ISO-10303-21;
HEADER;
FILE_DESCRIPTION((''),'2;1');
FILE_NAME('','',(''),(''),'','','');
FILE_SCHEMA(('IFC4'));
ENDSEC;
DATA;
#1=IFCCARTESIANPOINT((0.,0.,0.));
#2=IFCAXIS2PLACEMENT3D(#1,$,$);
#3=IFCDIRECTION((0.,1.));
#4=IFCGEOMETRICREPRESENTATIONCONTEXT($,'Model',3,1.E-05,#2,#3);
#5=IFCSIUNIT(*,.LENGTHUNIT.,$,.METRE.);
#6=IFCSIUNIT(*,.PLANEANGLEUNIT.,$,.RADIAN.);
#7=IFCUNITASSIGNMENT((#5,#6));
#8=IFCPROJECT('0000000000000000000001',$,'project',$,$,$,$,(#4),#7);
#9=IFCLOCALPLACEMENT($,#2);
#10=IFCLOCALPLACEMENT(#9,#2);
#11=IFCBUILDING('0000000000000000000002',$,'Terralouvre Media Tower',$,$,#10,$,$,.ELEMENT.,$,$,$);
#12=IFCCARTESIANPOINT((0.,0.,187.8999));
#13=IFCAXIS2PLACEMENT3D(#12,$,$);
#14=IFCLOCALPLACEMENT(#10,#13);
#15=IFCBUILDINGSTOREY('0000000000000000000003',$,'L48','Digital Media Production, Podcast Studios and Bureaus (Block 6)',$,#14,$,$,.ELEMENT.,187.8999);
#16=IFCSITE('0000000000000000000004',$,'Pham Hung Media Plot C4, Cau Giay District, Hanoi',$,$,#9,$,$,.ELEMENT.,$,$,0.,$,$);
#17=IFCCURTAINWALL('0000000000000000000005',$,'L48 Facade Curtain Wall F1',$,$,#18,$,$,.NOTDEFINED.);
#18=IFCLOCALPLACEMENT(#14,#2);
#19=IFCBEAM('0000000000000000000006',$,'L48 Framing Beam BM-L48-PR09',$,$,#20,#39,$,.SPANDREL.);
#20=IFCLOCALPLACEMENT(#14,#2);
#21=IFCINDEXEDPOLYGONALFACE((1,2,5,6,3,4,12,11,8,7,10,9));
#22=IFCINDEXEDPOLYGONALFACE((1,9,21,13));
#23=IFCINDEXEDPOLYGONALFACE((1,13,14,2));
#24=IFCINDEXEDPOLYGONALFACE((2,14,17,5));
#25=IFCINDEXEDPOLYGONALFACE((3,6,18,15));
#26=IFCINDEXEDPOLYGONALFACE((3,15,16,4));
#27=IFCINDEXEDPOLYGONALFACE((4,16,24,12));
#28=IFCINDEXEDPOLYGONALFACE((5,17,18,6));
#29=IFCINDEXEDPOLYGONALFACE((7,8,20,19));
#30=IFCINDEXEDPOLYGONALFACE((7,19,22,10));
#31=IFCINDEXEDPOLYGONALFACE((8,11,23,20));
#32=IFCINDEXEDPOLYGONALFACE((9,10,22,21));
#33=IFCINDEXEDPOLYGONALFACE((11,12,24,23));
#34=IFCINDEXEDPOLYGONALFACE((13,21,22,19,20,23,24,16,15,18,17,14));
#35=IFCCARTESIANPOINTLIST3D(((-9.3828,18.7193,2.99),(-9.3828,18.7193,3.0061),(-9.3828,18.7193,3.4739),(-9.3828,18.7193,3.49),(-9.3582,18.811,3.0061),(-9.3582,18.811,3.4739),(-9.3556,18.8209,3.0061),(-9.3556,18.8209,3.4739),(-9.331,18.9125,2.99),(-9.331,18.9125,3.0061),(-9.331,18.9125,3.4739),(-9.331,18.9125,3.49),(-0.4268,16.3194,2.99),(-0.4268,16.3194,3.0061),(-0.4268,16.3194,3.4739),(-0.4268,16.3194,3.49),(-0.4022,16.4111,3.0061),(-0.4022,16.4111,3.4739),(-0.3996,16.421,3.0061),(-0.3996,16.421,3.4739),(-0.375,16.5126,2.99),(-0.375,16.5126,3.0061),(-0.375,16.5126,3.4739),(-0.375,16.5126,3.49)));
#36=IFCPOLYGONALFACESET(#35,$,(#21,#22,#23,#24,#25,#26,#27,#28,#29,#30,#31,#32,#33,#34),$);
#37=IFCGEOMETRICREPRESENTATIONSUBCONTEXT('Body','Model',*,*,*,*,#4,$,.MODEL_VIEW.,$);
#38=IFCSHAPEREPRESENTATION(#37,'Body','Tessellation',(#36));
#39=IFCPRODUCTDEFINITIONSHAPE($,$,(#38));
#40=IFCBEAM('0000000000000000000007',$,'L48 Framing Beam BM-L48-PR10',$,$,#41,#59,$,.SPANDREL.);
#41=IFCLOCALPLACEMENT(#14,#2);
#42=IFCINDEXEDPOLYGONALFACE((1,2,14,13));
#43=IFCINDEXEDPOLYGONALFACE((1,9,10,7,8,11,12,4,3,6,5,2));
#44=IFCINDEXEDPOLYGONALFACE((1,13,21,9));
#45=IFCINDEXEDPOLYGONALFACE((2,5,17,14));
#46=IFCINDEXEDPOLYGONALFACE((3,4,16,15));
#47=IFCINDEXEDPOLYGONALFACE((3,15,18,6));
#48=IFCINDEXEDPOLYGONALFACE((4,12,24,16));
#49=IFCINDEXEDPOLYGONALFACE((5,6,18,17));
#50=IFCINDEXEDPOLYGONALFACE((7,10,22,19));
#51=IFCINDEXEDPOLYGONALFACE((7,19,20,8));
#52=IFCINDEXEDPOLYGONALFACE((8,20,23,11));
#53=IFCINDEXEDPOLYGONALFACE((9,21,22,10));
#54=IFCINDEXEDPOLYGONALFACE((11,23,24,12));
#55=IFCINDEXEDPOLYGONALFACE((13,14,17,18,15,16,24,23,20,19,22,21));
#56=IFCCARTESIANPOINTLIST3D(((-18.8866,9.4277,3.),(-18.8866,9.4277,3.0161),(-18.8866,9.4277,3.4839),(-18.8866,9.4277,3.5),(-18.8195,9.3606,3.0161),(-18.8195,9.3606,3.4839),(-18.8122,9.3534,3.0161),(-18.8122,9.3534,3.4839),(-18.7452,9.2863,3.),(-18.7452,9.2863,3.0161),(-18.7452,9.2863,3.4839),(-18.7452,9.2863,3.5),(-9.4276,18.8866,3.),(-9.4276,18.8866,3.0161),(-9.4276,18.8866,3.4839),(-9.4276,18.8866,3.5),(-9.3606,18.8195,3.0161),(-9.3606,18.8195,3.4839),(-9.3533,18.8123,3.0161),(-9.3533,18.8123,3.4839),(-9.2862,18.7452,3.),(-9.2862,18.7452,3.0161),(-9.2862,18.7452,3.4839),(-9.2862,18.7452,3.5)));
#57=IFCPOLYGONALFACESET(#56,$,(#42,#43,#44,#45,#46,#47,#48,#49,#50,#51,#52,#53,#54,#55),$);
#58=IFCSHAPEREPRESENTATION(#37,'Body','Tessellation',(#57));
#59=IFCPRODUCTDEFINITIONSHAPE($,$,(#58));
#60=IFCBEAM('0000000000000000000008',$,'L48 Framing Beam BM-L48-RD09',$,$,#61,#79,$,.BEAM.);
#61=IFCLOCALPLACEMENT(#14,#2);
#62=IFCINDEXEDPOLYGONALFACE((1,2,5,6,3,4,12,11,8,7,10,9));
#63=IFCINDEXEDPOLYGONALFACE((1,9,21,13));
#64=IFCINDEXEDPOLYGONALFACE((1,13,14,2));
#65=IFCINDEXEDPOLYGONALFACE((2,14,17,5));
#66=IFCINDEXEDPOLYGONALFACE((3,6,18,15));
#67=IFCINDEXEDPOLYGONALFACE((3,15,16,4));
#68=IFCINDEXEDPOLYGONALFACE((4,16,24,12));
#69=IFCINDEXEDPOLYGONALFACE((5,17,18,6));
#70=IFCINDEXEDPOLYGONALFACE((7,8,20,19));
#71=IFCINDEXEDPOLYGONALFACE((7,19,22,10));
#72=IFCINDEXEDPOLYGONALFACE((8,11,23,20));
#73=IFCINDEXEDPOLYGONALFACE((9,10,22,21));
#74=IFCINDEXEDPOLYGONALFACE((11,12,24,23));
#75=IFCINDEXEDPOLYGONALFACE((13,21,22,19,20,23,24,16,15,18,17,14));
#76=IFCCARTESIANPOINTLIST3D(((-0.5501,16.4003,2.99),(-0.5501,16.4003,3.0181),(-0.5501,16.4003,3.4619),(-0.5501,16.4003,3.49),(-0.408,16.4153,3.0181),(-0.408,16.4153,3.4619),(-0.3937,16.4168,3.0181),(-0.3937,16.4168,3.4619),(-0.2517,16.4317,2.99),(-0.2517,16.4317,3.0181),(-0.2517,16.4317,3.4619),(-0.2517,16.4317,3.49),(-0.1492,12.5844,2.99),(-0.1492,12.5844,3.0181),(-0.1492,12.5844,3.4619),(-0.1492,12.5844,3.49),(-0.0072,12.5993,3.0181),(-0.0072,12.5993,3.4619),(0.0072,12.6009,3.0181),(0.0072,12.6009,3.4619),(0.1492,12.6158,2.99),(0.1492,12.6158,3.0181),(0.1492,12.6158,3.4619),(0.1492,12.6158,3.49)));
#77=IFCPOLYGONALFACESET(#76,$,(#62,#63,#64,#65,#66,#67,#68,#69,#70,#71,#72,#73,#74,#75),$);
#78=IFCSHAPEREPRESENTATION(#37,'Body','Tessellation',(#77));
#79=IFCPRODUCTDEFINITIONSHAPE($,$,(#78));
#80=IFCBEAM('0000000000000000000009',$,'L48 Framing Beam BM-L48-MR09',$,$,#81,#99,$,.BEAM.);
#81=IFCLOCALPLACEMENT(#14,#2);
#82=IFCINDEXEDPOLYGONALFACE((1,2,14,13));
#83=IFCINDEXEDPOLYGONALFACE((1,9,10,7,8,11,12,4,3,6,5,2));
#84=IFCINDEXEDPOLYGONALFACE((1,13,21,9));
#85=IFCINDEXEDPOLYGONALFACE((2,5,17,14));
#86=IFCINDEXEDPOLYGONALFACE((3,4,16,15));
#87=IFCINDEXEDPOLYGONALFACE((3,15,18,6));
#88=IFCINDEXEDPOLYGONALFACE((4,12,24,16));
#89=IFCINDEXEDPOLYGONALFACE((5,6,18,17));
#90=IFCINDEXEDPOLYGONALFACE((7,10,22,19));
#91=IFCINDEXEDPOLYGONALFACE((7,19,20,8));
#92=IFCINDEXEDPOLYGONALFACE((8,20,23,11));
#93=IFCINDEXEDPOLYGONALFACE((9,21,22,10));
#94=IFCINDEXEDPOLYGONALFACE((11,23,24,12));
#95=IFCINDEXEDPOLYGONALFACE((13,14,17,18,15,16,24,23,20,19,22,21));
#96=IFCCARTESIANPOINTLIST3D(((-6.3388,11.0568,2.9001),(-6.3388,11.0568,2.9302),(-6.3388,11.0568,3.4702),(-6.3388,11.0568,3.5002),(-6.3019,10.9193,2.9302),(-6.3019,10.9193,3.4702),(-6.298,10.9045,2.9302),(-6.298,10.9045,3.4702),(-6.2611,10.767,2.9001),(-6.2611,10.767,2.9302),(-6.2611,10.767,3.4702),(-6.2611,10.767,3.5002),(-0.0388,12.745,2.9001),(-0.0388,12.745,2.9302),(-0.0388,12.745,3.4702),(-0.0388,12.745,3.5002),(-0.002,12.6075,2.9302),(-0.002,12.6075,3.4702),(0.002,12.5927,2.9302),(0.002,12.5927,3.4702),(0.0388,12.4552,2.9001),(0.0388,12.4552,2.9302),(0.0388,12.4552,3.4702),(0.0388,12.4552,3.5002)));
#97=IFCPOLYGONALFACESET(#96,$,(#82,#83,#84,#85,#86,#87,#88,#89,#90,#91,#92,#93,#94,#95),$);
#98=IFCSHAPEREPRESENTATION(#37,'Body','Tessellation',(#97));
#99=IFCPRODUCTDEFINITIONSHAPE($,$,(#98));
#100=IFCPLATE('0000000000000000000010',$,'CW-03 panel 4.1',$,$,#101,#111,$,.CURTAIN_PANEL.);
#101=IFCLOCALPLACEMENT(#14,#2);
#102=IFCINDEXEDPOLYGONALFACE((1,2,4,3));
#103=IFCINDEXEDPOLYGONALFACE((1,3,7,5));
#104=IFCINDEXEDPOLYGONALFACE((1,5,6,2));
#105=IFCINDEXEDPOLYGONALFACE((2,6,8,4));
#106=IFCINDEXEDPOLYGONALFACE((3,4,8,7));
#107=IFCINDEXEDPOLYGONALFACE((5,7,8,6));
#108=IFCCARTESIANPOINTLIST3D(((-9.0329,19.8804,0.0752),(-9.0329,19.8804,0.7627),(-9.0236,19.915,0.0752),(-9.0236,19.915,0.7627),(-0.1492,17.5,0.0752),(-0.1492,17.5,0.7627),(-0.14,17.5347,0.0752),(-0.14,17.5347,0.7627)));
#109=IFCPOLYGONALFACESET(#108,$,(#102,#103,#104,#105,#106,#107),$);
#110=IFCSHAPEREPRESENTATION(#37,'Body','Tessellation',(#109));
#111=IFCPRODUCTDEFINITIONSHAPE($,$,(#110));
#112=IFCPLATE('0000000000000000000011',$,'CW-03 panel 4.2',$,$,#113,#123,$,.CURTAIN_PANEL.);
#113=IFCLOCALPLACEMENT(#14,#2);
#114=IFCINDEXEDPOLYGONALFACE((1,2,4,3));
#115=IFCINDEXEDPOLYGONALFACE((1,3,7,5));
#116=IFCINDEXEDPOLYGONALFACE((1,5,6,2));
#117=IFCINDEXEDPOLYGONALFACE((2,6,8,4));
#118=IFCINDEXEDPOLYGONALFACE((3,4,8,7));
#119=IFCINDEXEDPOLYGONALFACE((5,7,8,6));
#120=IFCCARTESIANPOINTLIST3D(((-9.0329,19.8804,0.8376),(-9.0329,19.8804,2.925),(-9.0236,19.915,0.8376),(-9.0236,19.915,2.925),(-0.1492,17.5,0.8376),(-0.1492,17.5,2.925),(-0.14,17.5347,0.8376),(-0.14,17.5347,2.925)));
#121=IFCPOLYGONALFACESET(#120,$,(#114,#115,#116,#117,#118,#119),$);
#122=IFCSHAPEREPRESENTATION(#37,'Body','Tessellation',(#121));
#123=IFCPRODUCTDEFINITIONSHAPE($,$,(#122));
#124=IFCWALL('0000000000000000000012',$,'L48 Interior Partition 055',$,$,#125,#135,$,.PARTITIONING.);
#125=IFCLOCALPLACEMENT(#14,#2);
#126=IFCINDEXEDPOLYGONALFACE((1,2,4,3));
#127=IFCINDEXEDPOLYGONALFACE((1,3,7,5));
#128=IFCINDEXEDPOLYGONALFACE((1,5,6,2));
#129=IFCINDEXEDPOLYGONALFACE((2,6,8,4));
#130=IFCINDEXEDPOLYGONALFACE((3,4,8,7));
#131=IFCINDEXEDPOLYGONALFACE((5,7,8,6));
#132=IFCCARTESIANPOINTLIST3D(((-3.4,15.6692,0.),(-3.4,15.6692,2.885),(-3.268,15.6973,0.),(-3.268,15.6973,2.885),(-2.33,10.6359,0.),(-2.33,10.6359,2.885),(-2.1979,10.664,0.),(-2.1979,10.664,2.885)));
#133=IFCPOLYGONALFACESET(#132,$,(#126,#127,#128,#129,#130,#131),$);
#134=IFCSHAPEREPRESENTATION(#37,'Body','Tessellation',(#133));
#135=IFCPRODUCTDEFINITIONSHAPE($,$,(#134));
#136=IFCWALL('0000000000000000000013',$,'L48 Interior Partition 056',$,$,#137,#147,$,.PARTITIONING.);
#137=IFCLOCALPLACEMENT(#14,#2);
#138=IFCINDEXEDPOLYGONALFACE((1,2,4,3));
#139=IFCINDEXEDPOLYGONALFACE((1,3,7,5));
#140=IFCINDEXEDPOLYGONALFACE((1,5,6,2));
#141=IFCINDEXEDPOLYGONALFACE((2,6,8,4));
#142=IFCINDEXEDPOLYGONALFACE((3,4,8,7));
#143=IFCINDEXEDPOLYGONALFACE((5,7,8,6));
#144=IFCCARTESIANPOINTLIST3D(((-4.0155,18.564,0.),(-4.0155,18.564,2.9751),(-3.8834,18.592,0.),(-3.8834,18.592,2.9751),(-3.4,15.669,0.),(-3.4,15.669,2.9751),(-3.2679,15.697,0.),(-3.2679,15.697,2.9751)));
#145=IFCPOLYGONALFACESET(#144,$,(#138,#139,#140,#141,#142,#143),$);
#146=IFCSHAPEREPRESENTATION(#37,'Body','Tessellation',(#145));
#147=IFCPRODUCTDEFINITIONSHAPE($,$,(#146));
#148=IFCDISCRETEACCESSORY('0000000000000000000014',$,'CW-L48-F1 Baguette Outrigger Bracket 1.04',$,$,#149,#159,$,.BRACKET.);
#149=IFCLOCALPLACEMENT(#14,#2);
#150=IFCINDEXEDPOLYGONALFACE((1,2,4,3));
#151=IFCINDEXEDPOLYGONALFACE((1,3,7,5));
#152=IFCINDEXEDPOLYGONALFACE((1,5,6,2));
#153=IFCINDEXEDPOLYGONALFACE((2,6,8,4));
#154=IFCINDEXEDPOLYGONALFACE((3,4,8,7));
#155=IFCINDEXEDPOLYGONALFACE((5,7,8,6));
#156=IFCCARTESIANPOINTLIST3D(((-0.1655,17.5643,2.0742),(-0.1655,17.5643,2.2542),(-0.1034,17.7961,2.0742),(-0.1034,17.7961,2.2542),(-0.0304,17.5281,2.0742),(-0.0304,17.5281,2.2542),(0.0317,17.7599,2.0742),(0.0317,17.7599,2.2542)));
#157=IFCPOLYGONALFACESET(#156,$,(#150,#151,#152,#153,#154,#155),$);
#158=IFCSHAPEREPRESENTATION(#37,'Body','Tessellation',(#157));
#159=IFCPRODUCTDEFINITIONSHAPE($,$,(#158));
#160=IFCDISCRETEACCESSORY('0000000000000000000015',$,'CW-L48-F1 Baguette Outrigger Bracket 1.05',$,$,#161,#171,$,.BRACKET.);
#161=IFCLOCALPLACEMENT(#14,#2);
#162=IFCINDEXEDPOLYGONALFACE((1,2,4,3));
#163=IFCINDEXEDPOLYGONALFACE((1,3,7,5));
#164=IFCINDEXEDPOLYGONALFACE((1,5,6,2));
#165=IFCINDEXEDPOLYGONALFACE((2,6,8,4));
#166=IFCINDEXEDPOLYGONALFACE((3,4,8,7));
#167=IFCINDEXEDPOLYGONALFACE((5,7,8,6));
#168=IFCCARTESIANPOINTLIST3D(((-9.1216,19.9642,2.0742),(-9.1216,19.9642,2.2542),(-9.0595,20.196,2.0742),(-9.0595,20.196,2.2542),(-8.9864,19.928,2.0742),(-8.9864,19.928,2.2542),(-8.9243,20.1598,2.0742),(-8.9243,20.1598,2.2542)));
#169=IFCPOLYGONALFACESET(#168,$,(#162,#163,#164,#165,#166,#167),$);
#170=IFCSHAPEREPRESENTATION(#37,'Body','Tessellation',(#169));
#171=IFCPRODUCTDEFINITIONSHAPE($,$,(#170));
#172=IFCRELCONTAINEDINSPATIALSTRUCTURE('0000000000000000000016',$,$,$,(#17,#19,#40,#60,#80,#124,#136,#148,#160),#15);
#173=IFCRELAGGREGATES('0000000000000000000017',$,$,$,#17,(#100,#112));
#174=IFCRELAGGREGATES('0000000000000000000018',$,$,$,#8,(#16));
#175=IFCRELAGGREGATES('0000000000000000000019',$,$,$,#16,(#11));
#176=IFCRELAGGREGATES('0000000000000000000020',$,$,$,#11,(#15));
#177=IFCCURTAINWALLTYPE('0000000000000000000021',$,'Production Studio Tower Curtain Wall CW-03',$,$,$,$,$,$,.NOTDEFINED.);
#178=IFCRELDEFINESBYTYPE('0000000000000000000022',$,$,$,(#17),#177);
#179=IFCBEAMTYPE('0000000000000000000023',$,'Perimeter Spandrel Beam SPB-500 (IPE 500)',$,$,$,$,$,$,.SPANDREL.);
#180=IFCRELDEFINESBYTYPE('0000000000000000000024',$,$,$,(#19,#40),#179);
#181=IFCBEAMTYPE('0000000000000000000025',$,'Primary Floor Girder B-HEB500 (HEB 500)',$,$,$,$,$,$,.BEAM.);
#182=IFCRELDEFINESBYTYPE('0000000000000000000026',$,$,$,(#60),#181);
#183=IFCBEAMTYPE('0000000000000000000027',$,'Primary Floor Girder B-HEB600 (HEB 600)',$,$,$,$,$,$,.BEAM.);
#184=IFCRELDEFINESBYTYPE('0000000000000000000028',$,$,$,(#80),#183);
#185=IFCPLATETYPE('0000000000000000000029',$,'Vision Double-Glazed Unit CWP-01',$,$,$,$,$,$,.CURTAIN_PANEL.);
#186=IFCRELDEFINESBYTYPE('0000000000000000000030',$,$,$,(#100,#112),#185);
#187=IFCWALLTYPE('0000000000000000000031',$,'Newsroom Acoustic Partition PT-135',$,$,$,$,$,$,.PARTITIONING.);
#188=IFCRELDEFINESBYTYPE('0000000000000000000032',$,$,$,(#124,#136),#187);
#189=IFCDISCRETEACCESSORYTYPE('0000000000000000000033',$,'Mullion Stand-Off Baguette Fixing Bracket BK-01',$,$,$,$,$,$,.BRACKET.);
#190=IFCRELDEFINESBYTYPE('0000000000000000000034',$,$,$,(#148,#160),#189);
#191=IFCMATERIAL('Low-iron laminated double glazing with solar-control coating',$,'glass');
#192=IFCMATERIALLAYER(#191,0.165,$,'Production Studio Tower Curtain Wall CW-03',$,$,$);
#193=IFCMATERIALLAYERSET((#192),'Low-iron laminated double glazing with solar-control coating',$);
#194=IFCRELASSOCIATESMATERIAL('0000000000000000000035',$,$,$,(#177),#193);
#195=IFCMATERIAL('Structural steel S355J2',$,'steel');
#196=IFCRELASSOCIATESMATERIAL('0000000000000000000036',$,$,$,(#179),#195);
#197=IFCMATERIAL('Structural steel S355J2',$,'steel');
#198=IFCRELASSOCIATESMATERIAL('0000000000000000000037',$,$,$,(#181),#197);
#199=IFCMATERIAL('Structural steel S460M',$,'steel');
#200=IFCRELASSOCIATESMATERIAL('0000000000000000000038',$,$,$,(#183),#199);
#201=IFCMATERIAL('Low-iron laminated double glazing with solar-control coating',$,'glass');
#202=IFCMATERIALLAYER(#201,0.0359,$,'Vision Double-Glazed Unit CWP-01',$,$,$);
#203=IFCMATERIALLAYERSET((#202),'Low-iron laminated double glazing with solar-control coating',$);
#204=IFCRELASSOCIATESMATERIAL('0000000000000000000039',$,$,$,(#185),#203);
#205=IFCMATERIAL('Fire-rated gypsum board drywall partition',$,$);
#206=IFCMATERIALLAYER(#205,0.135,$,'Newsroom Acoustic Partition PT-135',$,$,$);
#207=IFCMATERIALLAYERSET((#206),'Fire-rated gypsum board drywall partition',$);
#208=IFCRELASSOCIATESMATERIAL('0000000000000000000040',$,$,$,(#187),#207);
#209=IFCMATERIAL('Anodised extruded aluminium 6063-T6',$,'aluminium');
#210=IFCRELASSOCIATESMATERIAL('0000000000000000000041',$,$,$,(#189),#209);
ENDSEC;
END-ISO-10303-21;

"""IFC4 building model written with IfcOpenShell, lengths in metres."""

from ifc_helpers import new_model, si_unit, direction, frame, frame_2d, origin, origin_2d, place, context, subcontext, project, spatial, rectangle, i_section, extrude, material, layer, layer_set, material_profile, profile_set, type_object, element, aggregate, save


model = new_model("IFC4")

# Units and contexts
model_context = context("Model", 3, precision=1e-05, world=origin(), true_north=direction((0.0, 1.0)))
body_context = subcontext(model_context, "Body", "Model", "MODEL_VIEW")
ifc_project = project(units=[si_unit("LENGTHUNIT", "METRE"), si_unit("PLANEANGLEUNIT", "RADIAN")], contexts=[model_context])

# Site, building, storey
site_placement = place(None, origin())
site = spatial("IfcSite", under=ifc_project, at=site_placement, Name="Pham Hung Media Plot C4, Cau Giay District, Hanoi", CompositionType="ELEMENT", RefElevation=0.0)
building_placement = place(site_placement, origin())
building = spatial("IfcBuilding", under=site, at=building_placement, Name="Terralouvre Media Tower", CompositionType="ELEMENT")
storey_placement = place(building_placement, frame((0.0, 0.0, 187.8999)))
storey = spatial("IfcBuildingStorey", under=building, at=storey_placement, Name="L48", Description="Digital Media Production, Podcast Studios and Bureaus (Block 6)", CompositionType="ELEMENT", Elevation=187.8999)

# Curtain wall
ifc_material_1 = material(Name="Low-iron laminated double glazing with solar-control coating", Category="glass")
ifc_layer_1 = layer(ifc_material_1, 0.165, Name="Production Studio Tower Curtain Wall CW-03")
ifc_layer_set_1 = layer_set([ifc_layer_1], Name="Low-iron laminated double glazing with solar-control coating")
curtain_wall_type = type_object("IfcCurtainWallType", Name="Production Studio Tower Curtain Wall CW-03", PredefinedType="NOTDEFINED", material=ifc_layer_set_1)
curtain_wall_placement = place(storey_placement, origin())
curtain_wall = element("IfcCurtainWall", 1, at=curtain_wall_placement, inside=storey, type_object=curtain_wall_type, Name="L48 Facade Curtain Wall F1", PredefinedType="NOTDEFINED")

# Beams
ifc_material_2 = material(Name="Structural steel S355J2", Category="steel")
ifc_material_profile_1 = material_profile(ifc_material_2, i_section(OverallWidth=0.2, OverallDepth=0.5, WebThickness=0.0103, FlangeThickness=0.0161, at=origin_2d()), Name="IPE 500")
ifc_profile_set_1 = profile_set([ifc_material_profile_1], Name="Structural steel S355J2")
beam_type_1 = type_object("IfcBeamType", Name="Perimeter Spandrel Beam SPB-500 (IPE 500)", PredefinedType="SPANDREL", material=ifc_profile_set_1)
beam_1_placement = place(storey_placement, frame((-0.4009, 16.416, 3.24), z_axis=(-0.965922, 0.258833, 0.0), x_axis=(-0.258833, -0.965922, 0.0)))
element("IfcBeam", 2, at=beam_1_placement, inside=storey, type_object=beam_type_1, Name="L48 Framing Beam BM-L48-PR09", PredefinedType="SPANDREL", context=body_context, shape_type="SweptSolid", body=[
    extrude(i_section(OverallWidth=0.2, OverallDepth=0.5, WebThickness=0.0103, FlangeThickness=0.0161, at=origin_2d()), origin(), (0.0, 0.0, 1.0), 9.272),
])
beam_2_placement = place(storey_placement, frame((-9.3569, 18.8159, 3.25), z_axis=(-0.707107, -0.707107, 0.0), x_axis=(0.707107, -0.707107, 0.0)))
element("IfcBeam", 3, at=beam_2_placement, inside=storey, type_object=beam_type_1, Name="L48 Framing Beam BM-L48-PR10", PredefinedType="SPANDREL", context=body_context, shape_type="SweptSolid", body=[
    extrude(i_section(OverallWidth=0.2, OverallDepth=0.5, WebThickness=0.0103, FlangeThickness=0.0161, at=origin_2d()), origin(), (0.0, 0.0, 1.0), 13.377),
])
ifc_material_3 = material(Name="Structural steel S355J2", Category="steel")
ifc_material_profile_2 = material_profile(ifc_material_3, i_section(OverallWidth=0.3, OverallDepth=0.5, WebThickness=0.0144, FlangeThickness=0.0281, at=origin_2d()), Name="HEB 500")
ifc_profile_set_2 = profile_set([ifc_material_profile_2], Name="Structural steel S355J2")
beam_type_2 = type_object("IfcBeamType", Name="Primary Floor Girder B-HEB500 (HEB 500)", PredefinedType="BEAM", material=ifc_profile_set_2)
beam_3_placement = place(storey_placement, frame((0.0, 12.6001, 3.24), z_axis=(-0.104479, 0.994527, 0.0), x_axis=(-0.994527, -0.104479, 0.0)))
element("IfcBeam", 4, at=beam_3_placement, inside=storey, type_object=beam_type_2, Name="L48 Framing Beam BM-L48-RD09", PredefinedType="BEAM", context=body_context, shape_type="SweptSolid", body=[
    extrude(i_section(OverallWidth=0.3, OverallDepth=0.5, WebThickness=0.0144, FlangeThickness=0.0281, at=origin_2d()), origin(), (0.0, 0.0, 1.0), 3.8369),
])
ifc_material_4 = material(Name="Structural steel S460M", Category="steel")
ifc_material_profile_3 = material_profile(ifc_material_4, i_section(OverallWidth=0.3, OverallDepth=0.6001, WebThickness=0.0154, FlangeThickness=0.03, at=origin_2d()), Name="HEB 600")
ifc_profile_set_3 = profile_set([ifc_material_profile_3], Name="Structural steel S460M")
beam_type_3 = type_object("IfcBeamType", Name="Primary Floor Girder B-HEB600 (HEB 600)", PredefinedType="BEAM", material=ifc_profile_set_3)
beam_4_placement = place(storey_placement, frame((0.0, 12.6001, 3.2002), z_axis=(-0.96592, -0.258839, 0.0), x_axis=(0.258839, -0.96592, 0.0)))
element("IfcBeam", 5, at=beam_4_placement, inside=storey, type_object=beam_type_3, Name="L48 Framing Beam BM-L48-MR09", PredefinedType="BEAM", context=body_context, shape_type="SweptSolid", body=[
    extrude(i_section(OverallWidth=0.3, OverallDepth=0.6001, WebThickness=0.0154, FlangeThickness=0.03, at=origin_2d()), origin(), (0.0, 0.0, 1.0), 6.5222),
])

# Plates
ifc_material_5 = material(Name="Low-iron laminated double glazing with solar-control coating", Category="glass")
ifc_layer_2 = layer(ifc_material_5, 0.0359, Name="Vision Double-Glazed Unit CWP-01")
ifc_layer_set_2 = layer_set([ifc_layer_2], Name="Low-iron laminated double glazing with solar-control coating")
plate_type = type_object("IfcPlateType", Name="Vision Double-Glazed Unit CWP-01", PredefinedType="CURTAIN_PANEL", material=ifc_layer_set_2)
plate_1_placement = place(storey_placement, frame((-4.5864, 18.7075, 0.0752), z_axis=(0.0, 0.0, 1.0), x_axis=(-0.965926, 0.258819, 0.0)))
plate_1 = element("IfcPlate", 6, at=plate_1_placement, type_object=plate_type, Name="CW-03 panel 4.1", PredefinedType="CURTAIN_PANEL", context=body_context, shape_type="SweptSolid", body=[
    extrude(rectangle(XDim=9.197, YDim=0.0359, at=origin_2d()), origin(), (0.0, 0.0, 1.0), 0.6875),
])
plate_2_placement = place(storey_placement, frame((-4.5864, 18.7075, 0.8376), z_axis=(0.0, 0.0, 1.0), x_axis=(-0.965926, 0.258819, 0.0)))
plate_2 = element("IfcPlate", 7, at=plate_2_placement, type_object=plate_type, Name="CW-03 panel 4.2", PredefinedType="CURTAIN_PANEL", context=body_context, shape_type="SweptSolid", body=[
    extrude(rectangle(XDim=9.197, YDim=0.0359, at=origin_2d()), origin(), (0.0, 0.0, 1.0), 2.0874),
])
aggregate(curtain_wall, [plate_1, plate_2])

# Walls
ifc_material_6 = material(Name="Fire-rated gypsum board drywall partition")
ifc_layer_3 = layer(ifc_material_6, 0.135, Name="Newsroom Acoustic Partition PT-135")
ifc_layer_set_3 = layer_set([ifc_layer_3], Name="Fire-rated gypsum board drywall partition")
wall_type = type_object("IfcWallType", Name="Newsroom Acoustic Partition PT-135", PredefinedType="PARTITIONING", material=ifc_layer_set_3)
wall_1_placement = place(storey_placement, frame((-3.334, 15.6831, 0.0), z_axis=(0.0, 0.0, 1.0), x_axis=(0.207954, -0.978139, 0.0)))
element("IfcWall", 8, at=wall_1_placement, inside=storey, type_object=wall_type, Name="L48 Interior Partition 055", PredefinedType="PARTITIONING", context=body_context, shape_type="SweptSolid", body=[
    extrude(rectangle(XDim=5.1458, YDim=0.135, at=frame_2d((2.5728, 0.0))), origin(), (0.0, 0.0, 1.0), 2.885),
])
wall_2_placement = place(storey_placement, frame((-3.9495, 18.5781, 0.0), z_axis=(0.0, 0.0, 1.0), x_axis=(0.207951, -0.978139, 0.0)))
element("IfcWall", 9, at=wall_2_placement, inside=storey, type_object=wall_type, Name="L48 Interior Partition 056", PredefinedType="PARTITIONING", context=body_context, shape_type="SweptSolid", body=[
    extrude(rectangle(XDim=2.9597, YDim=0.135, at=frame_2d((1.48, 0.0))), origin(), (0.0, 0.0, 1.0), 2.9751),
])

# Discrete accessories
ifc_material_7 = material(Name="Anodised extruded aluminium 6063-T6", Category="aluminium")
discrete_accessory_type = type_object("IfcDiscreteAccessoryType", Name="Mullion Stand-Off Baguette Fixing Bracket BK-01", PredefinedType="BRACKET", material=ifc_material_7)
for number, where, z_axis, x_axis, name in (
    (10, (-0.0669, 17.6621, 2.0742), (0.0, 0.0, 1.0), (-0.965926, 0.258819, 0.0), "CW-L48-F1 Baguette Outrigger Bracket 1.04"),
    (11, (-9.0229, 20.062, 2.0742), (0.0, 0.0, 1.0), (-0.965926, 0.258819, 0.0), "CW-L48-F1 Baguette Outrigger Bracket 1.05"),
):
    element("IfcDiscreteAccessory", number, at=place(storey_placement, frame(where, z_axis=z_axis, x_axis=x_axis)), inside=storey, type_object=discrete_accessory_type, Name=name, PredefinedType="BRACKET", context=body_context, shape_type="SweptSolid", body=[
        extrude(rectangle(XDim=0.1399, YDim=0.24, at=origin_2d()), origin(), (0.0, 0.0, 1.0), 0.1799),
    ])

save(model, "model.ifc")
